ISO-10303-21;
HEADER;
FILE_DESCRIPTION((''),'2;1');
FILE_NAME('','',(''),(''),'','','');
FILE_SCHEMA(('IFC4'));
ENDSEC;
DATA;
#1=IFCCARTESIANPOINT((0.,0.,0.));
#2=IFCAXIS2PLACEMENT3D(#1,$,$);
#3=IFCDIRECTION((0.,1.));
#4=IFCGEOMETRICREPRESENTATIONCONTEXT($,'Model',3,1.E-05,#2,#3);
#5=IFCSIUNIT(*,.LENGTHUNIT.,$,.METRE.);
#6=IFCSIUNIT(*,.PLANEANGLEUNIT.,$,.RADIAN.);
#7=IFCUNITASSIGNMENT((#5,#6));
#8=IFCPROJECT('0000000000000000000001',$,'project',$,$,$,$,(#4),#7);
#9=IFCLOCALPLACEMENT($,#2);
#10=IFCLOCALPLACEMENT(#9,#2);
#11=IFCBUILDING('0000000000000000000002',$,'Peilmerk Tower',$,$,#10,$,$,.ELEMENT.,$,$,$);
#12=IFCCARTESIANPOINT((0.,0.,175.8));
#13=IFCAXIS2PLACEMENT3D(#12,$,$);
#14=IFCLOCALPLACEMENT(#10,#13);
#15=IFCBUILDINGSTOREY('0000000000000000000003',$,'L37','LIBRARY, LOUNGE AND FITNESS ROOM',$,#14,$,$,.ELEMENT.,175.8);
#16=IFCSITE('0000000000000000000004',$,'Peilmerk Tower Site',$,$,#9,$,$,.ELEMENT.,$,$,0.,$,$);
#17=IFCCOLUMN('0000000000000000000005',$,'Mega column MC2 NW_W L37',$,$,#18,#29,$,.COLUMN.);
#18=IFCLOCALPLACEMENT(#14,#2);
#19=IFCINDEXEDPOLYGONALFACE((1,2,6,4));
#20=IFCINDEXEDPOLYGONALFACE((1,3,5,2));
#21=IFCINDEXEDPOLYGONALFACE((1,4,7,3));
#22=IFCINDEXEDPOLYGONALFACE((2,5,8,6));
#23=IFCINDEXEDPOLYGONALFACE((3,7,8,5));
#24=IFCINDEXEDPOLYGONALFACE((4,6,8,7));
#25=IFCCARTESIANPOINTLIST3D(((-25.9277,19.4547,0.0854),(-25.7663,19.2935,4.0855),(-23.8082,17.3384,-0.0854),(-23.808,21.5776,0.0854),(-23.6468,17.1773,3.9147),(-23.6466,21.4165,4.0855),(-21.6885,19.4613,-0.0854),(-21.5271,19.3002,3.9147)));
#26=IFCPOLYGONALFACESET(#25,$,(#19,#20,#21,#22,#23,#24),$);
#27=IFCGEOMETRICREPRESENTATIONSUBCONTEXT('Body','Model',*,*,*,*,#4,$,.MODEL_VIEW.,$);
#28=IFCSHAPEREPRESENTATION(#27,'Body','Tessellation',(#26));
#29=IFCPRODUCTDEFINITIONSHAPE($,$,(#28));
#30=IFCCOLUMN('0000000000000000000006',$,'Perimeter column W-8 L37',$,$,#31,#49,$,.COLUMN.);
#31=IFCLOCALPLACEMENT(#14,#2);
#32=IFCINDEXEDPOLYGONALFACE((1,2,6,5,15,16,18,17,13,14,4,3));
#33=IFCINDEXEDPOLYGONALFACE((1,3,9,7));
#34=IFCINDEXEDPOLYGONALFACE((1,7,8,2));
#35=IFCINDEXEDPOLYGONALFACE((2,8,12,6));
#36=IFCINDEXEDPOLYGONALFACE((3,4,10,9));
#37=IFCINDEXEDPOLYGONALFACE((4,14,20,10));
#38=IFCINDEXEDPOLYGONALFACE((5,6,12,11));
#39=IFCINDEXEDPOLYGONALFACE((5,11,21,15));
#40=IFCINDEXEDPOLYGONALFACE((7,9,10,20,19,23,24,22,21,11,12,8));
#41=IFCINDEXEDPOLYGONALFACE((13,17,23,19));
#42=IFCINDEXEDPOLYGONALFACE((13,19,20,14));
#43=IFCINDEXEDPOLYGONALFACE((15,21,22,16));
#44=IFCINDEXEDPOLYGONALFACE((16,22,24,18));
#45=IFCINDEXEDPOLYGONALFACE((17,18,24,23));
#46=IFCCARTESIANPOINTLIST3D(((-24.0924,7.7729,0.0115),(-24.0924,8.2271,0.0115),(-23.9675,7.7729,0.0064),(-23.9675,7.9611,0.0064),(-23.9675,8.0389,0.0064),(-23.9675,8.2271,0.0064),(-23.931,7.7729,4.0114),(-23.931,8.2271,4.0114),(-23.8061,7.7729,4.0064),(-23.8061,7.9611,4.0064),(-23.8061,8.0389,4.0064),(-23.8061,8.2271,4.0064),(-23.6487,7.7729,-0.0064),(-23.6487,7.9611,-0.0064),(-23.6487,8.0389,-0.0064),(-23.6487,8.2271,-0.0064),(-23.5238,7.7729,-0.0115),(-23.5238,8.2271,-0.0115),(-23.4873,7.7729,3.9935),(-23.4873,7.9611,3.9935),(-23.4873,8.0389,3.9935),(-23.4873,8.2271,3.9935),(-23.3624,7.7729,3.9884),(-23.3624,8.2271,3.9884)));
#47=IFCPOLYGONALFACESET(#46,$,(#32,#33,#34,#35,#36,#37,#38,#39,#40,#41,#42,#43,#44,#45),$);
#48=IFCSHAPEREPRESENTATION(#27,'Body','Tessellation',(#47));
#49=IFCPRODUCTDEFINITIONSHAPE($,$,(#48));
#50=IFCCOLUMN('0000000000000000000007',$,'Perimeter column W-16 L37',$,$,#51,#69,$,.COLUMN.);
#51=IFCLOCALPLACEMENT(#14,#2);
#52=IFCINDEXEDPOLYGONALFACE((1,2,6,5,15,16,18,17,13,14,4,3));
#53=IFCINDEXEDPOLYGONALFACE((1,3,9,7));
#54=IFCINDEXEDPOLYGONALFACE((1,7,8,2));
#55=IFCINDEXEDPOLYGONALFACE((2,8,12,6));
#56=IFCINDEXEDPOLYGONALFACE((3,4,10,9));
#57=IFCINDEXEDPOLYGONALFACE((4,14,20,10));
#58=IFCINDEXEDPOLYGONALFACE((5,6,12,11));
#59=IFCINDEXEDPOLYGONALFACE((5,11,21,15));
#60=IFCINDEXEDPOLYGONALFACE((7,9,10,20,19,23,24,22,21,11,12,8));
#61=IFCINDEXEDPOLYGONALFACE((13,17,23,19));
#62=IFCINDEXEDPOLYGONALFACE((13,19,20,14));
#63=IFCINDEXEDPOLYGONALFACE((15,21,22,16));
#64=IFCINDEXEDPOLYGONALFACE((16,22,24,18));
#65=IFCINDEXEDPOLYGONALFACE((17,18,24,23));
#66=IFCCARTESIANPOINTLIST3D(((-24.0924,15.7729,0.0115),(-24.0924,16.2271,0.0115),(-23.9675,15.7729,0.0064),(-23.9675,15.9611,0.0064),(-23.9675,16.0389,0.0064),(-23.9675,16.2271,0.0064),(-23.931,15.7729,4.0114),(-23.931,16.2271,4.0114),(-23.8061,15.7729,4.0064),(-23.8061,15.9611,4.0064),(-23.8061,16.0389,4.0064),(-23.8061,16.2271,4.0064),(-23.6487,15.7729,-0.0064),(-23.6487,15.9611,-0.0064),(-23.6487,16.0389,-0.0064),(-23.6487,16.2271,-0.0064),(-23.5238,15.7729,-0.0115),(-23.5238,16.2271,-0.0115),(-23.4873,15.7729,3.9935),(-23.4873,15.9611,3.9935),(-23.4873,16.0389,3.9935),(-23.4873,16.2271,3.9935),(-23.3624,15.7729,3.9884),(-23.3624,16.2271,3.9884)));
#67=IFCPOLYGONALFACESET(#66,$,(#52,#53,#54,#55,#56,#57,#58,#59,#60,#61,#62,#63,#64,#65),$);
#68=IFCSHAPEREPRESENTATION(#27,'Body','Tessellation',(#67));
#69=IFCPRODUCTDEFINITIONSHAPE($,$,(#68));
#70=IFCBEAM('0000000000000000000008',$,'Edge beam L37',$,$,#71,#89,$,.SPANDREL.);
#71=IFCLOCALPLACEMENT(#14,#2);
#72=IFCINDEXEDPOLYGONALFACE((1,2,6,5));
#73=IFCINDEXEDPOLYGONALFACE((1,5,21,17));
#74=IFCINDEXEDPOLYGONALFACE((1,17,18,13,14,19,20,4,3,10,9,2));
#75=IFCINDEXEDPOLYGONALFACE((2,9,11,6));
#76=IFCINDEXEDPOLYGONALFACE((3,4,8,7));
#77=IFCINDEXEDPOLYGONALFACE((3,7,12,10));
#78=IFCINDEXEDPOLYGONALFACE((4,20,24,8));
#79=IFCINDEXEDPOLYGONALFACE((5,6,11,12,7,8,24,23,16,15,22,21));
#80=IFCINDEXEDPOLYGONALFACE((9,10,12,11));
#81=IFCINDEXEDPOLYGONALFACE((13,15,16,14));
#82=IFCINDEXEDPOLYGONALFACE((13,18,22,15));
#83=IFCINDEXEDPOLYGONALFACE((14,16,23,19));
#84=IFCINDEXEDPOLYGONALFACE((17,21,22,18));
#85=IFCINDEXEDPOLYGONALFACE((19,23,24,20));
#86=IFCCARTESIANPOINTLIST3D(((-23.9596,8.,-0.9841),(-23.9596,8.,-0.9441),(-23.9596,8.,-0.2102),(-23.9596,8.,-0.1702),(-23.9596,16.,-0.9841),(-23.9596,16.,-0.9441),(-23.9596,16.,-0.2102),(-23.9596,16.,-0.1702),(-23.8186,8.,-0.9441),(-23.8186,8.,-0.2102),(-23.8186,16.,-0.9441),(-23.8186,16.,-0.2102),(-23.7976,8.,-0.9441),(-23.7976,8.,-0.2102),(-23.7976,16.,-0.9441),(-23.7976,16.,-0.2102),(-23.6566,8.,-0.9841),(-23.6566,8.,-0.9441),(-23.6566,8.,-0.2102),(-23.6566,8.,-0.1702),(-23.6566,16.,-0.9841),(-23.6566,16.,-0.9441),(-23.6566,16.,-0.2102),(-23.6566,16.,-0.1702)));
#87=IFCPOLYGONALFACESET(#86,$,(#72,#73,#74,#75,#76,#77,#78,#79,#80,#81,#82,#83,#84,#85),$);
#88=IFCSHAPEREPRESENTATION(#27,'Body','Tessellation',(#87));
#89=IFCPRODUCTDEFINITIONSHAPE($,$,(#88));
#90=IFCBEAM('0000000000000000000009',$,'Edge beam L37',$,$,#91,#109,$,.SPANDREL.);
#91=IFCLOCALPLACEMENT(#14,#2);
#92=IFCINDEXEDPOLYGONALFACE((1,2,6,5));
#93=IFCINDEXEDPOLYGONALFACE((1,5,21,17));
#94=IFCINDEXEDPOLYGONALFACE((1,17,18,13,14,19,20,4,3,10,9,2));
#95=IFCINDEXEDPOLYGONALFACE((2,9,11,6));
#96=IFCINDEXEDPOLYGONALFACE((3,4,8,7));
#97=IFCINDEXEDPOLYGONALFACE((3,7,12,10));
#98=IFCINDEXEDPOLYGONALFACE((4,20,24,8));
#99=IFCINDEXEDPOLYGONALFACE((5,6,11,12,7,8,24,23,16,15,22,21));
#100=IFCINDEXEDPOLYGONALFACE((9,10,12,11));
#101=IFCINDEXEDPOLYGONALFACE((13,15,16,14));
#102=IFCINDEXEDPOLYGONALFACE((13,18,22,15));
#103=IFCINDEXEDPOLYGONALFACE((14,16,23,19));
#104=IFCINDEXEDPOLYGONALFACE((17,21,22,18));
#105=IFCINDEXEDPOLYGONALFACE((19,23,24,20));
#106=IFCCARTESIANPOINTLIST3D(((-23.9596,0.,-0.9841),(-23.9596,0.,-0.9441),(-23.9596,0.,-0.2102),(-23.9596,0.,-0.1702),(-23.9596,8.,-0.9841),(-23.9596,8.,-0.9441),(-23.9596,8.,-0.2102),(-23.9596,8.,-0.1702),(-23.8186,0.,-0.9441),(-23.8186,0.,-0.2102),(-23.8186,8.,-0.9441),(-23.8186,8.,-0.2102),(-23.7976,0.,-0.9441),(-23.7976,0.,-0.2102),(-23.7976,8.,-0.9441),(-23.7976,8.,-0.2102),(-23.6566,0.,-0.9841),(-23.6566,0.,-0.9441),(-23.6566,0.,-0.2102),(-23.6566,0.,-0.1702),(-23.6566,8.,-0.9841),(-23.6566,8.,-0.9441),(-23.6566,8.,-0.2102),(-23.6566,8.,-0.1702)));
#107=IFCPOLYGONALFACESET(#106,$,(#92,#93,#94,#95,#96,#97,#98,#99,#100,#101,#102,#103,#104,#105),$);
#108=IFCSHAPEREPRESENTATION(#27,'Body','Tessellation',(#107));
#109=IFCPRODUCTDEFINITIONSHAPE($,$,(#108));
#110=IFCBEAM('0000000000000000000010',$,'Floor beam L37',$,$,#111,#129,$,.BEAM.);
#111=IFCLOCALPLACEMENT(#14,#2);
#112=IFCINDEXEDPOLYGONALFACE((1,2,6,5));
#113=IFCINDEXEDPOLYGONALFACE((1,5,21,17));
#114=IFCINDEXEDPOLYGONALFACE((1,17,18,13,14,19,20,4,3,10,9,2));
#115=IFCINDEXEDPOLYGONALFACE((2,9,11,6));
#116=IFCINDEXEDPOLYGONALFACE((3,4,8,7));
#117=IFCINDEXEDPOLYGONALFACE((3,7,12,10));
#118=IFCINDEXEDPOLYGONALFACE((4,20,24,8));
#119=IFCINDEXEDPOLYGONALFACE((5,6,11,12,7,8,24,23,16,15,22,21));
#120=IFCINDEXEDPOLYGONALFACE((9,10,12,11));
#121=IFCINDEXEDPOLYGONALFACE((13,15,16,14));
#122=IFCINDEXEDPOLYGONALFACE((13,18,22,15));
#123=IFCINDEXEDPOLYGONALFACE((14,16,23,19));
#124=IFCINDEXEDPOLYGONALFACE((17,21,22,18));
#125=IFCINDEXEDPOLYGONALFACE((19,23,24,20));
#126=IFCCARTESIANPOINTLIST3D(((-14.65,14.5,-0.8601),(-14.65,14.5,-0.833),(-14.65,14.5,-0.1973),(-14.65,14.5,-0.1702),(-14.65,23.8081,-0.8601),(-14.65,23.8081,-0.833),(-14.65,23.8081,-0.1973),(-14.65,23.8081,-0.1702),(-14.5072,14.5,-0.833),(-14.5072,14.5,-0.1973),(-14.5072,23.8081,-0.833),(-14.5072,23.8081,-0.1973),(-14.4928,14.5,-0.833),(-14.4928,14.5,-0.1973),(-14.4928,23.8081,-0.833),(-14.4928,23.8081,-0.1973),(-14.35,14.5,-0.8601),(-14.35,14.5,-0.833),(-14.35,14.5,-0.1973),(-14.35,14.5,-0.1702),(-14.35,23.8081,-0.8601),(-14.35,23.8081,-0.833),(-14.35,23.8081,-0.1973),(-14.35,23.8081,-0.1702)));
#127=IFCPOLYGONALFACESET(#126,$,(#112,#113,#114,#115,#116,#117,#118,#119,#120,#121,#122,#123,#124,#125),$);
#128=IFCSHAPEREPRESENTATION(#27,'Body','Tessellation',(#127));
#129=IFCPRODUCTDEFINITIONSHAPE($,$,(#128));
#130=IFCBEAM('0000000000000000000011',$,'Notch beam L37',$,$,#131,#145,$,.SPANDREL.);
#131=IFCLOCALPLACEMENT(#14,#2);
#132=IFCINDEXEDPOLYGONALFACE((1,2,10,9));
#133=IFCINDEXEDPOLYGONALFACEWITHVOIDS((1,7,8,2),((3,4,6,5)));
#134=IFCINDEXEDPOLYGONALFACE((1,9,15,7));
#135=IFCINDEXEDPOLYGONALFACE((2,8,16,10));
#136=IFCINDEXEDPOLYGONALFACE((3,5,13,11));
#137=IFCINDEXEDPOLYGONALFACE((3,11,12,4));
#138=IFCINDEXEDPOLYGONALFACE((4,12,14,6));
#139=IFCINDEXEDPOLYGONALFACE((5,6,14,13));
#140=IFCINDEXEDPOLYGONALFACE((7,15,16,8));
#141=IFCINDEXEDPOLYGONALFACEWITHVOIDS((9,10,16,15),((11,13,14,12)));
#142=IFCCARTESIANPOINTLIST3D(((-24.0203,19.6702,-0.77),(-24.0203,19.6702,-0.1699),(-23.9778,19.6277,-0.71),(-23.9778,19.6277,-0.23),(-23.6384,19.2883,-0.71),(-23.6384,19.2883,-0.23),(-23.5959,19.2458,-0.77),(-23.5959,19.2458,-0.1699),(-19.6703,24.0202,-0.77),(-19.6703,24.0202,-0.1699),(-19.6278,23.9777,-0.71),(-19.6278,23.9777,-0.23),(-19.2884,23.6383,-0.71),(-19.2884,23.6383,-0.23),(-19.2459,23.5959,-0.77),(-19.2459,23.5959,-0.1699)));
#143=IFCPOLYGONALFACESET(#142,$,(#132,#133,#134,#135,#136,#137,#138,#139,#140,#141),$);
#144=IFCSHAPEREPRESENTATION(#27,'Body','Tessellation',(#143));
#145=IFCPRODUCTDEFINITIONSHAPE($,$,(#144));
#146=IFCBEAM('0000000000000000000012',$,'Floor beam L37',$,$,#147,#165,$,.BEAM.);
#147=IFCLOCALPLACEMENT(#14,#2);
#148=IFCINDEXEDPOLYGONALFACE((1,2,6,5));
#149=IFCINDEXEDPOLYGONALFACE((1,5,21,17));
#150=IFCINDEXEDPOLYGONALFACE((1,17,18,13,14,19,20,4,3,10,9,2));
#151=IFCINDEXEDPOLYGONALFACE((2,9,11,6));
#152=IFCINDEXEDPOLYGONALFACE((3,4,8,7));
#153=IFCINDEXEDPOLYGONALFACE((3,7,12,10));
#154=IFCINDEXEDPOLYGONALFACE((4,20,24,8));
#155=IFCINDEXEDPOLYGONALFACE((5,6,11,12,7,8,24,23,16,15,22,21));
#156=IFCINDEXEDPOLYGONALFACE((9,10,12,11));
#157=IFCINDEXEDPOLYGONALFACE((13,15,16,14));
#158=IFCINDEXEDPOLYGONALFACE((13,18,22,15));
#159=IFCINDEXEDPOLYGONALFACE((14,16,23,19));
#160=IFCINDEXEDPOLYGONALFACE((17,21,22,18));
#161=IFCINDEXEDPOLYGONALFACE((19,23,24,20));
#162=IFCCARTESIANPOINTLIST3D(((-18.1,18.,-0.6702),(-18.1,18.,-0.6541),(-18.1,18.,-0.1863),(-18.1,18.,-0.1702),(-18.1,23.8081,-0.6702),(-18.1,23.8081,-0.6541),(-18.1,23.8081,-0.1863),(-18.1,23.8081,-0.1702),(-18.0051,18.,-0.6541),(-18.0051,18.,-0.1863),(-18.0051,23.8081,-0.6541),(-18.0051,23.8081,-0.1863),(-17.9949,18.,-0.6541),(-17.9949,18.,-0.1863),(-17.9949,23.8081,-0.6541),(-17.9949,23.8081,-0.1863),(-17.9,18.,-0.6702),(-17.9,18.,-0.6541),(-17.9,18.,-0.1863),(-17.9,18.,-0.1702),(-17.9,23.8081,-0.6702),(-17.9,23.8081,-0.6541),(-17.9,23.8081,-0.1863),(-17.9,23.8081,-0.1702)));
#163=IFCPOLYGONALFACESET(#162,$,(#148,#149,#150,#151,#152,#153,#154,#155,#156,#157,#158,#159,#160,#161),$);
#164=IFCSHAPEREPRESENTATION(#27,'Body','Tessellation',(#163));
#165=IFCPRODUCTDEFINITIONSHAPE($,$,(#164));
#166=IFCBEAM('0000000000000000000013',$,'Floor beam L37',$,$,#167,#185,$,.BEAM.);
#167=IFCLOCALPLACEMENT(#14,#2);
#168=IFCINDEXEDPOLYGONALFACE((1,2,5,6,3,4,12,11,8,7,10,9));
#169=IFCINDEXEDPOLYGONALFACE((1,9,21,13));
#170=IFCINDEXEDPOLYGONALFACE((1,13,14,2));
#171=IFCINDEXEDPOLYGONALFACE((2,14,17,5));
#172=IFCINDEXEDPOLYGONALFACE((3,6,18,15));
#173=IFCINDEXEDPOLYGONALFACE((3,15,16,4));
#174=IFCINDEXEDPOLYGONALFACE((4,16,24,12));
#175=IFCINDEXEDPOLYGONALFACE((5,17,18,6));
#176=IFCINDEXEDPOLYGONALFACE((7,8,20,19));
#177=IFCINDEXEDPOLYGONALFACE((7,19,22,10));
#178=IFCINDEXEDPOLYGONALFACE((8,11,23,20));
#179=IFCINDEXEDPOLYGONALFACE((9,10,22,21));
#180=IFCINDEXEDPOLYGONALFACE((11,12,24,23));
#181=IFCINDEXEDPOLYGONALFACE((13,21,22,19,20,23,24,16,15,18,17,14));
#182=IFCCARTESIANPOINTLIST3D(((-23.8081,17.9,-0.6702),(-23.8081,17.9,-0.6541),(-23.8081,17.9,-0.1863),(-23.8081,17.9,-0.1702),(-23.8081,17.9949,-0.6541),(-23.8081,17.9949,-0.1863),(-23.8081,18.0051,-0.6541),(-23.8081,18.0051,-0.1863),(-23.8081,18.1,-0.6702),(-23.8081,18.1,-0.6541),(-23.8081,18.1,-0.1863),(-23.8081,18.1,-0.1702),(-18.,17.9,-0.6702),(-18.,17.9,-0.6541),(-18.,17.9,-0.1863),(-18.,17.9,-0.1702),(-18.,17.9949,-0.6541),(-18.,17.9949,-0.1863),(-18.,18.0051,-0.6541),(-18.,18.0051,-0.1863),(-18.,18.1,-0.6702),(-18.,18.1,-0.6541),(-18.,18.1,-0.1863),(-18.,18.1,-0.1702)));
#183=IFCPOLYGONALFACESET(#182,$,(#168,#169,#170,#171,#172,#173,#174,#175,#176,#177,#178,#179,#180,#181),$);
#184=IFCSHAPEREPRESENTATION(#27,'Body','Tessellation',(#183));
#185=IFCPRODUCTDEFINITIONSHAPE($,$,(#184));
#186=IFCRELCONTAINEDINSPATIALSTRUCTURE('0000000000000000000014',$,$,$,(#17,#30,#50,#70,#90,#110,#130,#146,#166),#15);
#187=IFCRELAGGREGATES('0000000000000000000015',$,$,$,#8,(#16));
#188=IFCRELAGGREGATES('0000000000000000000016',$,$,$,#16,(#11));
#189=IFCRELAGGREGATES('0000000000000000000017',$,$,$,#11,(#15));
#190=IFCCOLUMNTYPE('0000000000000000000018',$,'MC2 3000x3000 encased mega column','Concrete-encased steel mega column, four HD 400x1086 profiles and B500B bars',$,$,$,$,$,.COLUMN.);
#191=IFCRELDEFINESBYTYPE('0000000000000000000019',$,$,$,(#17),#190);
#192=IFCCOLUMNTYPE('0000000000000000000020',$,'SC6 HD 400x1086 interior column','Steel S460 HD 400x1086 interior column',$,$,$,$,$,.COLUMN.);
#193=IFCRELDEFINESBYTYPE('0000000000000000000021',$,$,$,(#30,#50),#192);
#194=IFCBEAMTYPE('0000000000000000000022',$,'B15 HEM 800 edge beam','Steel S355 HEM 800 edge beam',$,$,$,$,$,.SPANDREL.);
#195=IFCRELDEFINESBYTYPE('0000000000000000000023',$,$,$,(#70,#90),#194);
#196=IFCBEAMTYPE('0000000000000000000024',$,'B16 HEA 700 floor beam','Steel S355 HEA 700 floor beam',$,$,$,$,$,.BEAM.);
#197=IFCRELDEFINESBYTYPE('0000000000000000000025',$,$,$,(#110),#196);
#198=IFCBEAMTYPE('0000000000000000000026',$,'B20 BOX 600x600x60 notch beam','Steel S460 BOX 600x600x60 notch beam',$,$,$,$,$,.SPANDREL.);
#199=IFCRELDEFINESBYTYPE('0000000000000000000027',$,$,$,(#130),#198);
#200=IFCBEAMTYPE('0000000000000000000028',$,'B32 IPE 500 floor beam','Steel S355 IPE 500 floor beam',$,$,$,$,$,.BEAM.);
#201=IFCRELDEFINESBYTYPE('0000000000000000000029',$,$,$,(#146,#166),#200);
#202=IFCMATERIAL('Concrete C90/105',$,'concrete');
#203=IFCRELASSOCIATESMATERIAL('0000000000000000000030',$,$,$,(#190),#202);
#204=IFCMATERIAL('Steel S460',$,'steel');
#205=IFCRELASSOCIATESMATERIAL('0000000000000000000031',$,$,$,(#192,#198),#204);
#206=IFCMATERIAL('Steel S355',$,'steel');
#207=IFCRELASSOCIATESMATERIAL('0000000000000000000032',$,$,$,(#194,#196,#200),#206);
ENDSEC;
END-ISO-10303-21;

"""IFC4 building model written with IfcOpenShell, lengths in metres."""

from ifc_helpers import new_model, si_unit, direction, frame, origin, origin_2d, place, context, subcontext, project, spatial, rectangle, hollow_rectangle, i_section, extrude, material, material_profile, profile_set, type_object, element, save


model = new_model("IFC4")

# Units and contexts
model_context = context("Model", 3, precision=1e-05, world=origin(), true_north=direction((0.0, 1.0)))
body_context = subcontext(model_context, "Body", "Model", "MODEL_VIEW")
ifc_project = project(units=[si_unit("LENGTHUNIT", "METRE"), si_unit("PLANEANGLEUNIT", "RADIAN")], contexts=[model_context])

# Site, building, storey
site_placement = place(None, origin())
site = spatial("IfcSite", under=ifc_project, at=site_placement, Name="Peilmerk Tower Site", CompositionType="ELEMENT", RefElevation=0.0)
building_placement = place(site_placement, origin())
building = spatial("IfcBuilding", under=site, at=building_placement, Name="Peilmerk Tower", CompositionType="ELEMENT")
storey_placement = place(building_placement, frame((0.0, 0.0, 175.8)))
storey = spatial("IfcBuildingStorey", under=building, at=storey_placement, Name="L37", Description="LIBRARY, LOUNGE AND FITNESS ROOM", CompositionType="ELEMENT", Elevation=175.8)

# Columns
ifc_material_1 = material(Name="Concrete C90/105", Category="concrete")
ifc_material_profile_1 = material_profile(ifc_material_1, rectangle(XDim=3.0, YDim=3.0, at=origin_2d()), Name="RC 3000x3000")
ifc_profile_set_1 = profile_set([ifc_material_profile_1], Name="Concrete C90/105")
column_type_1 = type_object("IfcColumnType", Name="MC2 3000x3000 encased mega column", Description="Concrete-encased steel mega column, four HD 400x1086 profiles and B500B bars", PredefinedType="COLUMN", material=ifc_profile_set_1)
column_placement = place(storey_placement, frame((-23.8081, 19.458, 0.0), z_axis=(0.040279, -0.040218, 0.998379), x_axis=(0.706571, 0.707642, 0.0)))
element("IfcColumn", 1, at=column_placement, inside=storey, type_object=column_type_1, Name="Mega column MC2 NW_W L37", PredefinedType="COLUMN", context=body_context, shape_type="SweptSolid", body=[
    extrude(rectangle(XDim=3.0, YDim=3.0, at=origin_2d()), origin(), (0.0, 0.0, 1.0), 4.0066),
])
ifc_material_2 = material(Name="Steel S460", Category="steel")
ifc_material_profile_2 = material_profile(ifc_material_2, i_section(OverallWidth=0.4541, OverallDepth=0.5691, WebThickness=0.0779, FlangeThickness=0.125, at=origin_2d()), Name="HD 400x1086")
ifc_profile_set_2 = profile_set([ifc_material_profile_2], Name="Steel S460")
column_type_2 = type_object("IfcColumnType", Name="SC6 HD 400x1086 interior column", Description="Steel S460 HD 400x1086 interior column", PredefinedType="COLUMN", material=ifc_profile_set_2)
for number, where, z_axis, x_axis, name in (
    (2, (-23.8081, 8.0, 0.0), (0.040311, 0.0, 0.999187), (0.0, 1.0, 0.0), "Perimeter column W-8 L37"),
    (3, (-23.8081, 16.0, 0.0), (0.040311, 0.0, 0.999187), (0.0, 1.0, 0.0), "Perimeter column W-16 L37"),
):
    element("IfcColumn", number, at=place(storey_placement, frame(where, z_axis=z_axis, x_axis=x_axis)), inside=storey, type_object=column_type_2, Name=name, PredefinedType="COLUMN", context=body_context, shape_type="SweptSolid", body=[
        extrude(i_section(OverallWidth=0.4541, OverallDepth=0.5691, WebThickness=0.0779, FlangeThickness=0.125, at=origin_2d()), origin(), (0.0, 0.0, 1.0), 4.0032),
    ])

# Beams
ifc_material_3 = material(Name="Steel S355", Category="steel")
ifc_material_profile_3 = material_profile(ifc_material_3, i_section(OverallWidth=0.303, OverallDepth=0.814, WebThickness=0.021, FlangeThickness=0.04, at=origin_2d()), Name="HEM 800")
ifc_profile_set_3 = profile_set([ifc_material_profile_3], Name="Steel S355")
beam_type_1 = type_object("IfcBeamType", Name="B15 HEM 800 edge beam", Description="Steel S355 HEM 800 edge beam", PredefinedType="SPANDREL", material=ifc_profile_set_3)
for number, where, z_axis, x_axis, name in (
    (4, (-23.8081, 16.0, -0.5771), (0.0, -1.0, 0.0), (1.0, 0.0, 0.0), "Edge beam L37"),
    (5, (-23.8081, 8.0, -0.5771), (0.0, -1.0, 0.0), (1.0, 0.0, 0.0), "Edge beam L37"),
):
    element("IfcBeam", number, at=place(storey_placement, frame(where, z_axis=z_axis, x_axis=x_axis)), inside=storey, type_object=beam_type_1, Name=name, PredefinedType="SPANDREL", context=body_context, shape_type="SweptSolid", body=[
        extrude(i_section(OverallWidth=0.303, OverallDepth=0.814, WebThickness=0.021, FlangeThickness=0.04, at=origin_2d()), origin(), (0.0, 0.0, 1.0), 8.0),
    ])
ifc_material_profile_4 = material_profile(ifc_material_3, i_section(OverallWidth=0.3, OverallDepth=0.6899, WebThickness=0.0144, FlangeThickness=0.0271, at=origin_2d()), Name="HEA 700")
ifc_profile_set_4 = profile_set([ifc_material_profile_4], Name="Steel S355")
beam_type_2 = type_object("IfcBeamType", Name="B16 HEA 700 floor beam", Description="Steel S355 HEA 700 floor beam", PredefinedType="BEAM", material=ifc_profile_set_4)
beam_1_placement = place(storey_placement, frame((-14.5, 14.5, -0.5151), z_axis=(0.0, 1.0, 0.0), x_axis=(-1.0, 0.0, 0.0)))
element("IfcBeam", 6, at=beam_1_placement, inside=storey, type_object=beam_type_2, Name="Floor beam L37", PredefinedType="BEAM", context=body_context, shape_type="SweptSolid", body=[
    extrude(i_section(OverallWidth=0.3, OverallDepth=0.6899, WebThickness=0.0144, FlangeThickness=0.0271, at=origin_2d()), origin(), (0.0, 0.0, 1.0), 9.3081),
])
ifc_material_profile_5 = material_profile(ifc_material_2, hollow_rectangle(XDim=0.6001, YDim=0.6001, WallThickness=0.0601, at=origin_2d()), Name="BOX 600x600x60")
ifc_profile_set_5 = profile_set([ifc_material_profile_5], Name="Steel S460")
beam_type_3 = type_object("IfcBeamType", Name="B20 BOX 600x600x60 notch beam", Description="Steel S460 BOX 600x600x60 notch beam", PredefinedType="SPANDREL", material=ifc_profile_set_5)
beam_2_placement = place(storey_placement, frame((-23.8081, 19.458, -0.47), z_axis=(0.707107, 0.707107, 0.0), x_axis=(-0.707107, 0.707107, 0.0)))
element("IfcBeam", 7, at=beam_2_placement, inside=storey, type_object=beam_type_3, Name="Notch beam L37", PredefinedType="SPANDREL", context=body_context, shape_type="SweptSolid", body=[
    extrude(hollow_rectangle(XDim=0.6001, YDim=0.6001, WallThickness=0.0601, at=origin_2d()), origin(), (0.0, 0.0, 1.0), 6.1519),
])
ifc_material_profile_6 = material_profile(ifc_material_3, i_section(OverallWidth=0.2, OverallDepth=0.5, WebThickness=0.0103, FlangeThickness=0.0161, at=origin_2d()), Name="IPE 500")
ifc_profile_set_6 = profile_set([ifc_material_profile_6], Name="Steel S355")
beam_type_4 = type_object("IfcBeamType", Name="B32 IPE 500 floor beam", Description="Steel S355 IPE 500 floor beam", PredefinedType="BEAM", material=ifc_profile_set_6)
for number, where, z_axis, x_axis, name in (
    (8, (-18.0, 18.0, -0.4202), (0.0, 1.0, 0.0), (-1.0, 0.0, 0.0), "Floor beam L37"),
    (9, (-18.0, 18.0, -0.4202), (-1.0, 0.0, 0.0), (0.0, -1.0, 0.0), "Floor beam L37"),
):
    element("IfcBeam", number, at=place(storey_placement, frame(where, z_axis=z_axis, x_axis=x_axis)), inside=storey, type_object=beam_type_4, Name=name, PredefinedType="BEAM", context=body_context, shape_type="SweptSolid", body=[
        extrude(i_section(OverallWidth=0.2, OverallDepth=0.5, WebThickness=0.0103, FlangeThickness=0.0161, at=origin_2d()), origin(), (0.0, 0.0, 1.0), 5.8081),
    ])

save(model, "model.ifc")
